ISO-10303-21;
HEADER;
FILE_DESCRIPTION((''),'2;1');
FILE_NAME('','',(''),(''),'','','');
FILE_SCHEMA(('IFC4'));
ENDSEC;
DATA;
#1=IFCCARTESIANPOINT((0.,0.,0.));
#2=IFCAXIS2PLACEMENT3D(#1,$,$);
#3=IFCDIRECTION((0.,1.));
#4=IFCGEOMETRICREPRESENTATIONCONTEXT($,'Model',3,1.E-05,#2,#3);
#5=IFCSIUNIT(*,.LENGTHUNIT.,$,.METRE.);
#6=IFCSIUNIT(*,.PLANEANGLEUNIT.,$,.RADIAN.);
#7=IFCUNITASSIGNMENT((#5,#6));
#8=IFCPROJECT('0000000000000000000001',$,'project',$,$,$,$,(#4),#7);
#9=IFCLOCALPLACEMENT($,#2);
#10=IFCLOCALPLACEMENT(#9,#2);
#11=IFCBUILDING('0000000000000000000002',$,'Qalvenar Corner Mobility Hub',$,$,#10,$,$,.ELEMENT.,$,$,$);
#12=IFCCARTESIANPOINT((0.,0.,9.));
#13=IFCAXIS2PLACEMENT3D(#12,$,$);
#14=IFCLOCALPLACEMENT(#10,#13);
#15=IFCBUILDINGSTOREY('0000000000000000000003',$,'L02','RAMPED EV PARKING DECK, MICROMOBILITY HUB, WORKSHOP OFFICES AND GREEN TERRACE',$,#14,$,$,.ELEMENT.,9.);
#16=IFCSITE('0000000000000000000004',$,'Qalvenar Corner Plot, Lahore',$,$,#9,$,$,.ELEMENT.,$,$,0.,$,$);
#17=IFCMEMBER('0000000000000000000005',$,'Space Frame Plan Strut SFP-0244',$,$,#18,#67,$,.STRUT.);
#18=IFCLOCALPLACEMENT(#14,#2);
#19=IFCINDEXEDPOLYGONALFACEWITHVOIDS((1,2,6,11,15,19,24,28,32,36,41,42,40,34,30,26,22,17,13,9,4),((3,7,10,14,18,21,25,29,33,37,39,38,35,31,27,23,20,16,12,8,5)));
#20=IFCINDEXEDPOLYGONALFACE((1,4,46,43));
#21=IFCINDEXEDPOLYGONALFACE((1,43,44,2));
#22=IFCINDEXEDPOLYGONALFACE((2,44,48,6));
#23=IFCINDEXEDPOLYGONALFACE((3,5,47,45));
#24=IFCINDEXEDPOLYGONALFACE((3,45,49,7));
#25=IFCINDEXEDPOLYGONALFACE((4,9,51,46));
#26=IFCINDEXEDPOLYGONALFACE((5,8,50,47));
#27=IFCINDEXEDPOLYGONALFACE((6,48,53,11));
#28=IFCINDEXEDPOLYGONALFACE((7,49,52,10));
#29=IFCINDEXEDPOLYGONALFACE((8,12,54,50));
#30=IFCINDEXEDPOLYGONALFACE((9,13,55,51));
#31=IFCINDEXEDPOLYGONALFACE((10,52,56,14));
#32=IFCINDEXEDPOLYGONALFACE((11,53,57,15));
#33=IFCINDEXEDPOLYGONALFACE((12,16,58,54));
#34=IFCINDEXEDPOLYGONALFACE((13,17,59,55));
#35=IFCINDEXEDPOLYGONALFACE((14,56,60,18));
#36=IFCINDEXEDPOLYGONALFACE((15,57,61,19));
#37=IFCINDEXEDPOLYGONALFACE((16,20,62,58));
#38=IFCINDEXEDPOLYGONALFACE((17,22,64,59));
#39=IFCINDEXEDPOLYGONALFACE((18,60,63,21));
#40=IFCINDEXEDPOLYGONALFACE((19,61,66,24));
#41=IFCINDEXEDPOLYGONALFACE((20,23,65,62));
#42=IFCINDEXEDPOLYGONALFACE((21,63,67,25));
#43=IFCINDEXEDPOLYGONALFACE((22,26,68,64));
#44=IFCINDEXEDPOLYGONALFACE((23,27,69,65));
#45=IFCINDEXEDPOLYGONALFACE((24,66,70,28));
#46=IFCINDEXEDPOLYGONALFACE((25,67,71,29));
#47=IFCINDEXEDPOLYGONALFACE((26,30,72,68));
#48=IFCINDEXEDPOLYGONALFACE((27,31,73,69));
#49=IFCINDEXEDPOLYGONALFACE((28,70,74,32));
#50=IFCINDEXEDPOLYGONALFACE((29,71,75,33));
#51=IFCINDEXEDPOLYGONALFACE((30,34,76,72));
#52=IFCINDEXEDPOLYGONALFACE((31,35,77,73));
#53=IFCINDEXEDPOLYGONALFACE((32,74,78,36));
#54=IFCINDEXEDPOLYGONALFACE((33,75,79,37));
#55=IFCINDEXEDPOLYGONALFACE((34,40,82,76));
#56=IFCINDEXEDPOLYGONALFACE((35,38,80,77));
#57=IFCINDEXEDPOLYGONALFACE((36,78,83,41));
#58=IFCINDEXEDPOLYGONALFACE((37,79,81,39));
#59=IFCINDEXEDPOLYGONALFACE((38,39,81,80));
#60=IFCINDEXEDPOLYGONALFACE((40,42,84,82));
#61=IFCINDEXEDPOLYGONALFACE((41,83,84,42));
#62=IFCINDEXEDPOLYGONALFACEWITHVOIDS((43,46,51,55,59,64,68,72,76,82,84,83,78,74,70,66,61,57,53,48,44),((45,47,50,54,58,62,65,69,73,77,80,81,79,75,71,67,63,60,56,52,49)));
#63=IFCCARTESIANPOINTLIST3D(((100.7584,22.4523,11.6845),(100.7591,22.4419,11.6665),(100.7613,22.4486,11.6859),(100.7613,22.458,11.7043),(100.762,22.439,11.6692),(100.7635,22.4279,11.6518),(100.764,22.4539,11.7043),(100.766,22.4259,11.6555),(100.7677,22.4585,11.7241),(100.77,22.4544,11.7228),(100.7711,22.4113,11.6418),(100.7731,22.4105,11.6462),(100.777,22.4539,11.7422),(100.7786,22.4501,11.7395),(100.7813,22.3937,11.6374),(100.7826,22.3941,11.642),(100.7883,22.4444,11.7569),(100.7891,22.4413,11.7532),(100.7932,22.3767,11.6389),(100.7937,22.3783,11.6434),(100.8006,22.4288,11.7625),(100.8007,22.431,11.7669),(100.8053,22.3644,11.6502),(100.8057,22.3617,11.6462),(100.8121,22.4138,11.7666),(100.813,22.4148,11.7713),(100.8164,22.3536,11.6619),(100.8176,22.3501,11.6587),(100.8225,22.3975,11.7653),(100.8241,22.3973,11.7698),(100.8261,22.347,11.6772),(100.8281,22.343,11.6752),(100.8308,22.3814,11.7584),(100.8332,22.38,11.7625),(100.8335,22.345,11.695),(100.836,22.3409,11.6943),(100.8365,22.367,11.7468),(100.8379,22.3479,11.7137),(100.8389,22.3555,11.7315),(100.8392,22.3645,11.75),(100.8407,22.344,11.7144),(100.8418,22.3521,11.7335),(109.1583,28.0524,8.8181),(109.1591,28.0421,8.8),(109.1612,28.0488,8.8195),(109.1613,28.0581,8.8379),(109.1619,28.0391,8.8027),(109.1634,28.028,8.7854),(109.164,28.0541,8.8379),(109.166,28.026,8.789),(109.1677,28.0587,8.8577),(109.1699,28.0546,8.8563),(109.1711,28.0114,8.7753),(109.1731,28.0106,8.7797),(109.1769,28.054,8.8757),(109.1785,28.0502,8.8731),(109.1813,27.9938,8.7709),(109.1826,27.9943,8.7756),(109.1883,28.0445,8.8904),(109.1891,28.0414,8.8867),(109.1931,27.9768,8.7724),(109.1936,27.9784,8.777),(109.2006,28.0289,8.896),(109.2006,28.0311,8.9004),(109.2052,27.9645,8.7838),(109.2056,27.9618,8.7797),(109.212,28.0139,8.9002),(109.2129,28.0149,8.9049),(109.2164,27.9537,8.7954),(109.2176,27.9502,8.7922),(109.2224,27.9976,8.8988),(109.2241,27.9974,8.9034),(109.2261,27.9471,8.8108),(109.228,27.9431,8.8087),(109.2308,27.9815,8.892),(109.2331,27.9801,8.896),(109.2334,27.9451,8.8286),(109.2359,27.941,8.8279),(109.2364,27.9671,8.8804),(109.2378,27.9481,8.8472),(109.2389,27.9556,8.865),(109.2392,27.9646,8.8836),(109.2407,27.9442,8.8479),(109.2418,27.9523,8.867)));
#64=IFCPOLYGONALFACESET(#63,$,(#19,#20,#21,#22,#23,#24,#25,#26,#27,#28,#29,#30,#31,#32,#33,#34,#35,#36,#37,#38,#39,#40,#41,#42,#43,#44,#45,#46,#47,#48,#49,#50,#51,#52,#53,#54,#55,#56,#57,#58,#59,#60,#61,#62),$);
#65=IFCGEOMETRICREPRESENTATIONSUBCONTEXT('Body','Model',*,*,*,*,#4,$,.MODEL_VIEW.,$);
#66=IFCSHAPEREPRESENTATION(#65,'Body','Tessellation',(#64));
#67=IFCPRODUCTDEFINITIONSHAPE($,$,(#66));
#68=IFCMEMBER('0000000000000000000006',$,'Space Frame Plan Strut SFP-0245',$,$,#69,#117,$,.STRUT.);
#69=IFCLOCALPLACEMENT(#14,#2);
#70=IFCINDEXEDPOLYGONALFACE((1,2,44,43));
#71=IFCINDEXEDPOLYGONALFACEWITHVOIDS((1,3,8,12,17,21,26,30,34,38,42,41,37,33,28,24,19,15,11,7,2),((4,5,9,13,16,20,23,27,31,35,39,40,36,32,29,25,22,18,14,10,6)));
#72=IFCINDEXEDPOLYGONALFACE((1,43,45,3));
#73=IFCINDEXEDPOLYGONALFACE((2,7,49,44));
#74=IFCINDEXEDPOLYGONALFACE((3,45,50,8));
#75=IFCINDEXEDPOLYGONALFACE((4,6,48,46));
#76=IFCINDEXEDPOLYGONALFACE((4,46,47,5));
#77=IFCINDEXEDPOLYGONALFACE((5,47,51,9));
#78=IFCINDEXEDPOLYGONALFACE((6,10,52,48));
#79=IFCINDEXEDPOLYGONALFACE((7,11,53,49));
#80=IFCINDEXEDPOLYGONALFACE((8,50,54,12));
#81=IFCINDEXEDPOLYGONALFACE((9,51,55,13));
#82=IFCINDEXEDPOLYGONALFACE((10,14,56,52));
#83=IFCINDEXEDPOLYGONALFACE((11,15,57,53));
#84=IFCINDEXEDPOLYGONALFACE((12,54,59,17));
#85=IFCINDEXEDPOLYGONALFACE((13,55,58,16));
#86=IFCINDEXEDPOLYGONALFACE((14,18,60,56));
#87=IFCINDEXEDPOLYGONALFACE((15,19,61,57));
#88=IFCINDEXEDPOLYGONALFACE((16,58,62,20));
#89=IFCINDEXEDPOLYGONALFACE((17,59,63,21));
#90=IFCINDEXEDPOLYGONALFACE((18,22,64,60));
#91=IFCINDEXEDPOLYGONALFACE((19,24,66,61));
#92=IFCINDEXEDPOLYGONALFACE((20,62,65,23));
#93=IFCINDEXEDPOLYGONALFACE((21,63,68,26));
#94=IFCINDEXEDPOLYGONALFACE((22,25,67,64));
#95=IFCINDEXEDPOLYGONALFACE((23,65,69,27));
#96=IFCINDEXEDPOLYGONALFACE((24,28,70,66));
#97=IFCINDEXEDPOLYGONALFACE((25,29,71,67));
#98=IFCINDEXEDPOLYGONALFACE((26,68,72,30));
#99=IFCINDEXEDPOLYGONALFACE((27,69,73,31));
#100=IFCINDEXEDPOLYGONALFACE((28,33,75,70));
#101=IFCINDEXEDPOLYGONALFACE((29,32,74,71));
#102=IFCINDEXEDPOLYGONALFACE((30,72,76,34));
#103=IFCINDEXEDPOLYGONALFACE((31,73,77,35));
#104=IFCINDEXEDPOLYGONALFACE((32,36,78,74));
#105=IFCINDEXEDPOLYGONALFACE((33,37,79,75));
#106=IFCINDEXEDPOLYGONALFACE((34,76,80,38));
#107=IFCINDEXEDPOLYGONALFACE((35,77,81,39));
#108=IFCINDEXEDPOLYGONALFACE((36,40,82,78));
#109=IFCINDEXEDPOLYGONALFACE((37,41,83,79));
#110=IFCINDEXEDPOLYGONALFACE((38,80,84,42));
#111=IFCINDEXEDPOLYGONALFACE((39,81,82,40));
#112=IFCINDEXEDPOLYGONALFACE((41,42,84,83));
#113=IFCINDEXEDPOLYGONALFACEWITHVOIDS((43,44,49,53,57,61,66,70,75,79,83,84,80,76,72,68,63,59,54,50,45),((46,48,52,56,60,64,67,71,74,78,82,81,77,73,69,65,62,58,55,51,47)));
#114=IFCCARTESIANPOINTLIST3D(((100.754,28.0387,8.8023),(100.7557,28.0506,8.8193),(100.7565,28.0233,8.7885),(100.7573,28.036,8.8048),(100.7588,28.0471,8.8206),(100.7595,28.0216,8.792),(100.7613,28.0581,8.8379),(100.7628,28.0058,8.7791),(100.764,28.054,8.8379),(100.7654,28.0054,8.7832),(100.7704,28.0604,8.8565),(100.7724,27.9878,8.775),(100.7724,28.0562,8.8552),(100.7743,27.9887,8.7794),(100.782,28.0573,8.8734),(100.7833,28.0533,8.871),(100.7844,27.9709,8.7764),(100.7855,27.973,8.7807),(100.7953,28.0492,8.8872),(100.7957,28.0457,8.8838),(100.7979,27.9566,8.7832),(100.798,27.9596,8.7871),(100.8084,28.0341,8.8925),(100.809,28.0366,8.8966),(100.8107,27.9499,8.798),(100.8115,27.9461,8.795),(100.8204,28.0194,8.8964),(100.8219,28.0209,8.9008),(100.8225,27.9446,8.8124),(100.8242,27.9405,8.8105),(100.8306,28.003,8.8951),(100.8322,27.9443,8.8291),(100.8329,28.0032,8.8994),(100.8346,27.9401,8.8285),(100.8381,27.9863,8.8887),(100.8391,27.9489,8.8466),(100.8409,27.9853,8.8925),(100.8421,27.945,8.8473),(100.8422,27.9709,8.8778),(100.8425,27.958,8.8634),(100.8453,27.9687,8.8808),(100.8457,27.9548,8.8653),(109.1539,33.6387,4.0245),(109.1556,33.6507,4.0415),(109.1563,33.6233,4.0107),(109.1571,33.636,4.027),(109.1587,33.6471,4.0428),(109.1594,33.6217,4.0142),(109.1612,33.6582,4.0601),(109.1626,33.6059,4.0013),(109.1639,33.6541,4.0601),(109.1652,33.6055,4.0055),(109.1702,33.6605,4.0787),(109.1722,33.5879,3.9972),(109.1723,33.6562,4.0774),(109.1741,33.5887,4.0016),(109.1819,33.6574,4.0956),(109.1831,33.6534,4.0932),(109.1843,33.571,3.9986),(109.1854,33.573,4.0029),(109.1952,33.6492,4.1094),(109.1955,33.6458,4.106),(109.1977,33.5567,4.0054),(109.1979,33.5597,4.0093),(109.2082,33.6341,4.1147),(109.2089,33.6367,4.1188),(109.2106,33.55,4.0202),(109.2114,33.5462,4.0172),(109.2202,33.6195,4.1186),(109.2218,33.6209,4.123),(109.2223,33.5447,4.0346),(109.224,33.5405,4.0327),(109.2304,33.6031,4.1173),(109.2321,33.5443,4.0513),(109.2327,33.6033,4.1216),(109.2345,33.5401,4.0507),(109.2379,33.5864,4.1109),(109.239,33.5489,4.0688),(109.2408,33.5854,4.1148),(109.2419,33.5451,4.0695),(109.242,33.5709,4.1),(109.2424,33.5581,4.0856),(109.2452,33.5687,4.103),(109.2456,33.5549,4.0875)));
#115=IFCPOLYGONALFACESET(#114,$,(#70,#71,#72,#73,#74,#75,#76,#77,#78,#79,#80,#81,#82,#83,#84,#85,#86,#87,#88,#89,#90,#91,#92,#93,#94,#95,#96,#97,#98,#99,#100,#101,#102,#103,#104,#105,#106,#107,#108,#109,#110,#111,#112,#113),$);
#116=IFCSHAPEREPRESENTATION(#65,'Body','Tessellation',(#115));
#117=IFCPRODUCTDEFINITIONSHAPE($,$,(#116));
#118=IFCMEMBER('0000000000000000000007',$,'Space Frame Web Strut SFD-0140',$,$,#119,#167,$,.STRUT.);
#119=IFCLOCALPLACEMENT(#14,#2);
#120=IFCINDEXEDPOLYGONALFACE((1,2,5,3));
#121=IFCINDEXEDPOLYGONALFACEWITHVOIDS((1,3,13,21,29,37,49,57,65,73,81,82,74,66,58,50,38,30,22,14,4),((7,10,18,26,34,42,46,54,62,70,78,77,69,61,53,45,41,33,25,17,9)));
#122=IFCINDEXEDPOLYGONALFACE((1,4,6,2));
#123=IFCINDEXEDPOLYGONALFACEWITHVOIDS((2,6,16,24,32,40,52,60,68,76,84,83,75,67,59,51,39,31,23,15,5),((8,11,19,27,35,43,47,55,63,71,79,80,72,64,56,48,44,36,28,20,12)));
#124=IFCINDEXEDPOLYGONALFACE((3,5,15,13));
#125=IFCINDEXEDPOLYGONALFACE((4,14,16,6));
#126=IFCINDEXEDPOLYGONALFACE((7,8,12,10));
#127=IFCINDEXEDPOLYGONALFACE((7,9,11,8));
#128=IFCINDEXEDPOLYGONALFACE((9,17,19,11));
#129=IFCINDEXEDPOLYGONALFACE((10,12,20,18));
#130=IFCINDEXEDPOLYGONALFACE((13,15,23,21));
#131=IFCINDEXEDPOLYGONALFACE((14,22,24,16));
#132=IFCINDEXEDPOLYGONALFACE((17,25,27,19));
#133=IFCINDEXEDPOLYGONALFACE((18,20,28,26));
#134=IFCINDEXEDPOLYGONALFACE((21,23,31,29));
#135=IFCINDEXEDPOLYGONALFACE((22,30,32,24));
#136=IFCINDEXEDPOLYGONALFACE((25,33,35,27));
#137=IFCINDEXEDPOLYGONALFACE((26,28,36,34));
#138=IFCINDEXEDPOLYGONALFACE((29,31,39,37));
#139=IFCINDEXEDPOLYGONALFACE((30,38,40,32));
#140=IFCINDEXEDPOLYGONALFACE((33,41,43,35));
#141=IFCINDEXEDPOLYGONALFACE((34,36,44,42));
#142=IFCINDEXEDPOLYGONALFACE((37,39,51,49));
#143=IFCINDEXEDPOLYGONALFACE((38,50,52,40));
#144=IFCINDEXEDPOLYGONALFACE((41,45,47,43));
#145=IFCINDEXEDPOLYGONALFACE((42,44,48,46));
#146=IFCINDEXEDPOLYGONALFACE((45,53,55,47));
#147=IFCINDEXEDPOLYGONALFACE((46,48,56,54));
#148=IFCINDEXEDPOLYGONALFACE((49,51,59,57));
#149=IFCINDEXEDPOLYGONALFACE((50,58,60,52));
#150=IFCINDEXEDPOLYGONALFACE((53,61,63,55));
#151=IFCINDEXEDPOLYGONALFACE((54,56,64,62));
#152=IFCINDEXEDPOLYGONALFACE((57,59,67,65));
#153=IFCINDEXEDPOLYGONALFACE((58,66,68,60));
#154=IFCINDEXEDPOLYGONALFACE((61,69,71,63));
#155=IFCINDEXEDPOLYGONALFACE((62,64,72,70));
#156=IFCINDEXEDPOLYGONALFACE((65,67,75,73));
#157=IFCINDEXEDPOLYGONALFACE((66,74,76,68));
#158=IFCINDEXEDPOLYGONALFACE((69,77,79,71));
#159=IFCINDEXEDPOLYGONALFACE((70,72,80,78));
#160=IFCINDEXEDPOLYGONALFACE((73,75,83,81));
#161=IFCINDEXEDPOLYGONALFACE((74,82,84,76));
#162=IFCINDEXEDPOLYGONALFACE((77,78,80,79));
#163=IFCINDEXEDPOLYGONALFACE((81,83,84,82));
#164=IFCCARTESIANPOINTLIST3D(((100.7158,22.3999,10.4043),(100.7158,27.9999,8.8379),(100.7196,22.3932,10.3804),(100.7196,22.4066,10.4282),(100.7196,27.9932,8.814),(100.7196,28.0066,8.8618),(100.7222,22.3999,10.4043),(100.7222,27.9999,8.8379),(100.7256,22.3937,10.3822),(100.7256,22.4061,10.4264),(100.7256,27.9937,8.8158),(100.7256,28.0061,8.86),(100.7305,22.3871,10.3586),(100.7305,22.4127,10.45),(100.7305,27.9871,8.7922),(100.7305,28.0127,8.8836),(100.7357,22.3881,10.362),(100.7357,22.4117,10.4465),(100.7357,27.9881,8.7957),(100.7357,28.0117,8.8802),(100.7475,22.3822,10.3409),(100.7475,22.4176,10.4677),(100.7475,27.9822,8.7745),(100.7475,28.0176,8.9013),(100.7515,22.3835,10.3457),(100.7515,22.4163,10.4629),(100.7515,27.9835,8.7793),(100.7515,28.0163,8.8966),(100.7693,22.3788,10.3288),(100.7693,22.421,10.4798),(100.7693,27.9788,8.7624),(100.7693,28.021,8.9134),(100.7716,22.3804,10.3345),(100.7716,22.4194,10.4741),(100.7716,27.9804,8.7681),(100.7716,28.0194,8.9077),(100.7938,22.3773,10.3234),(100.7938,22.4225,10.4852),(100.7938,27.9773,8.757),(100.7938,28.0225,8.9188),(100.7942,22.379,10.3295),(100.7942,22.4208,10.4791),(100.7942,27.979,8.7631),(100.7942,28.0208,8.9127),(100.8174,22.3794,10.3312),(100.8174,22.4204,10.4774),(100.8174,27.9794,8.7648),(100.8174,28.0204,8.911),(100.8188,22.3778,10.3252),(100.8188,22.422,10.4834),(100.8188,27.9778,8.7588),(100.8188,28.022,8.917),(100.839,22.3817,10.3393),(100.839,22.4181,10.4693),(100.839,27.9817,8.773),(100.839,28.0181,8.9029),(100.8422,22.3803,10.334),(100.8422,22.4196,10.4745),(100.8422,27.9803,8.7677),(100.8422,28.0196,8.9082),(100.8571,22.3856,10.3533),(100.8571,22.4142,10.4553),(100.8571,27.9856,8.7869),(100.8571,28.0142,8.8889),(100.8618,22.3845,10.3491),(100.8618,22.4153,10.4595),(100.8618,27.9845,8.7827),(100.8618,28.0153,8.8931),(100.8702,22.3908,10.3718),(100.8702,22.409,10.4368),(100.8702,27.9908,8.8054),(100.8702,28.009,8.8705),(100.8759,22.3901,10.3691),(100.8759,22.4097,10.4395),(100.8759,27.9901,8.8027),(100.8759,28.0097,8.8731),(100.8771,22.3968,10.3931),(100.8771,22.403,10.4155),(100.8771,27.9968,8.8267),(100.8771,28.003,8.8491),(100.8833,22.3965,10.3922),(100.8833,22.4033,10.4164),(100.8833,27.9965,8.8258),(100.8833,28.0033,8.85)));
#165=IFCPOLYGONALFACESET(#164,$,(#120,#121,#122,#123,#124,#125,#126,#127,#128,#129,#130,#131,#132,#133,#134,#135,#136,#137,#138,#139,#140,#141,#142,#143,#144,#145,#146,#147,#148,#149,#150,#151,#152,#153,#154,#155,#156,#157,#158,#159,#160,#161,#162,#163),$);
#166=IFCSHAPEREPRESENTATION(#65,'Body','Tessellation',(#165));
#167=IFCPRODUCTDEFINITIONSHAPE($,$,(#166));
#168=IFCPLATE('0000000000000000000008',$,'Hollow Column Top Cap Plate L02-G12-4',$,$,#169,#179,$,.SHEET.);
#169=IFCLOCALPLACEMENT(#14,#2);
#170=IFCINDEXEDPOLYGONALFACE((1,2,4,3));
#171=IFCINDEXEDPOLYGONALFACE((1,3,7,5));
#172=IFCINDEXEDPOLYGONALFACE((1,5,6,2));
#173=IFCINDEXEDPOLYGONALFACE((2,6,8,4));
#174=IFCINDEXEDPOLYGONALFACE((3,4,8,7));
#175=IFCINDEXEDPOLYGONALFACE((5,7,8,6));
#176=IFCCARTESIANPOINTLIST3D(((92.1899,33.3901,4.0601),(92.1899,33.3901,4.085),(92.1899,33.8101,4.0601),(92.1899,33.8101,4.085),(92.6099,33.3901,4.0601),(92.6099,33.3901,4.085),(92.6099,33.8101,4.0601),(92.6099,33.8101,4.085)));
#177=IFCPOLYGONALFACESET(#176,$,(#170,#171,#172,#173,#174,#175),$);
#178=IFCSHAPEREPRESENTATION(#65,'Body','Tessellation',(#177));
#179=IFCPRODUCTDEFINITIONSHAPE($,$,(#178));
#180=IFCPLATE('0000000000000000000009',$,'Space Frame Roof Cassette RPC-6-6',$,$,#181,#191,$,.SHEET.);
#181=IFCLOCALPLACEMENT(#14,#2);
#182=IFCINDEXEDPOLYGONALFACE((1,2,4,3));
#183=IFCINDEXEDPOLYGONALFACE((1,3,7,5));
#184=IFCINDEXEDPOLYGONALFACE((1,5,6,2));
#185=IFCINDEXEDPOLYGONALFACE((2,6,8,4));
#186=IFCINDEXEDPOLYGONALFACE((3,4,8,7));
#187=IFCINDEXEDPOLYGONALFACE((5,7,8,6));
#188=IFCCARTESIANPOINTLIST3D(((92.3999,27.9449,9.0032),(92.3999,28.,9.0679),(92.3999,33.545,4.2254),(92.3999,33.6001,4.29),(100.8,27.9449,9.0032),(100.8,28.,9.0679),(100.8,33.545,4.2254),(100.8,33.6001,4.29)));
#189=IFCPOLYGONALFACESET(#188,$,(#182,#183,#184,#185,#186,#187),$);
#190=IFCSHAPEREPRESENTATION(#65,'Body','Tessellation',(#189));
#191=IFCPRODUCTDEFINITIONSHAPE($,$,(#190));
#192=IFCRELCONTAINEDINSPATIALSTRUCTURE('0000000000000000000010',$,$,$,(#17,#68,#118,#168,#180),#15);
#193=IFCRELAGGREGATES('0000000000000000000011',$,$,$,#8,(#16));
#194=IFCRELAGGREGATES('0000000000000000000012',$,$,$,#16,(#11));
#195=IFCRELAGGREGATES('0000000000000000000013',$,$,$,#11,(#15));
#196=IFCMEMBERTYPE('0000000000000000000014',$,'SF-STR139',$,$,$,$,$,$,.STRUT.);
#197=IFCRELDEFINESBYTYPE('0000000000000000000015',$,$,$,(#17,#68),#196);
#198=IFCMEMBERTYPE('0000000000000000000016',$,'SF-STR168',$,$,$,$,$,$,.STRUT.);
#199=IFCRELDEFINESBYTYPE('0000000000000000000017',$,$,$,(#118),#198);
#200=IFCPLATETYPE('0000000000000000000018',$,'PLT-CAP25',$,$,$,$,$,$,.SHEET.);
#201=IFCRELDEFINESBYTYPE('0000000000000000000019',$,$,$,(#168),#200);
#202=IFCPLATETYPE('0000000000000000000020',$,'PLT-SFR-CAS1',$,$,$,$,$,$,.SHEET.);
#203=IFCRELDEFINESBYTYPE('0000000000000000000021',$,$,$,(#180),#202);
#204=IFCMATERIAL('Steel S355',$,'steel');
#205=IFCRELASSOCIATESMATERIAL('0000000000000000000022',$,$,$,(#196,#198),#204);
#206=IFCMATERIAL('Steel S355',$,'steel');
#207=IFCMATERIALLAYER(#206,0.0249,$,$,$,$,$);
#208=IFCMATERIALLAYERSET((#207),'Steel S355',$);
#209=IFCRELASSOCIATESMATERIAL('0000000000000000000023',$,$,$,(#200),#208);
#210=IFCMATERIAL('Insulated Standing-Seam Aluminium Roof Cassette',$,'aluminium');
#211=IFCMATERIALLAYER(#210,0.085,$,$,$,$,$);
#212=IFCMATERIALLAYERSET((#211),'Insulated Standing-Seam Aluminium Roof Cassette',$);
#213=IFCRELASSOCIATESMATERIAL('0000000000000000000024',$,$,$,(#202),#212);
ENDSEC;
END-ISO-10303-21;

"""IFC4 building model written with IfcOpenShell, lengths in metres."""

from ifc_helpers import new_model, si_unit, direction, frame, origin, origin_2d, place, context, subcontext, project, spatial, polyline, rectangle, hollow_circle, outline, extrude, material, layer, layer_set, material_profile, profile_set, type_object, element, save


model = new_model("IFC4")

# Units and contexts
model_context = context("Model", 3, precision=1e-05, world=origin(), true_north=direction((0.0, 1.0)))
body_context = subcontext(model_context, "Body", "Model", "MODEL_VIEW")
ifc_project = project(units=[si_unit("LENGTHUNIT", "METRE"), si_unit("PLANEANGLEUNIT", "RADIAN")], contexts=[model_context])

# Site, building, storey
site_placement = place(None, origin())
site = spatial("IfcSite", under=ifc_project, at=site_placement, Name="Qalvenar Corner Plot, Lahore", CompositionType="ELEMENT", RefElevation=0.0)
building_placement = place(site_placement, origin())
building = spatial("IfcBuilding", under=site, at=building_placement, Name="Qalvenar Corner Mobility Hub", CompositionType="ELEMENT")
storey_placement = place(building_placement, frame((0.0, 0.0, 9.0)))
storey = spatial("IfcBuildingStorey", under=building, at=storey_placement, Name="L02", Description="RAMPED EV PARKING DECK, MICROMOBILITY HUB, WORKSHOP OFFICES AND GREEN TERRACE", CompositionType="ELEMENT", Elevation=9.0)

# Members
ifc_material_1 = material(Name="Steel S355", Category="steel")
ifc_material_profile_1 = material_profile(ifc_material_1, hollow_circle(Radius=0.0698, WallThickness=0.0049, at=origin_2d()), Name="CHS139.7x5")
ifc_profile_set_1 = profile_set([ifc_material_profile_1], Name="Steel S355")
member_type_1 = type_object("IfcMemberType", Name="SF-STR139", PredefinedType="STRUT", material=ifc_profile_set_1)
member_1_placement = place(storey_placement, frame((100.8, 22.3999, 11.7043), z_axis=(0.800405, 0.533619, -0.273137), x_axis=(-0.554711, 0.832043, 0.0)))
element("IfcMember", 1, at=member_1_placement, inside=storey, type_object=member_type_1, Name="Space Frame Plan Strut SFP-0244", PredefinedType="STRUT", context=body_context, shape_type="SweptSolid", body=[
    extrude(hollow_circle(Radius=0.0698, WallThickness=0.0049, at=origin_2d()), origin(), (0.0, 0.0, 1.0), 10.4946),
])
member_2_placement = place(storey_placement, frame((100.8, 28.0, 8.8379), z_axis=(0.752071, 0.501395, -0.427775), x_axis=(-0.554711, 0.832043, 0.0)))
element("IfcMember", 2, at=member_2_placement, inside=storey, type_object=member_type_1, Name="Space Frame Plan Strut SFP-0245", PredefinedType="STRUT", context=body_context, shape_type="SweptSolid", body=[
    extrude(hollow_circle(Radius=0.0698, WallThickness=0.0049, at=origin_2d()), origin(), (0.0, 0.0, 1.0), 11.1689),
])
ifc_material_profile_2 = material_profile(ifc_material_1, hollow_circle(Radius=0.0842, WallThickness=0.0063, at=origin_2d()), Name="CHS168.3x6.3")
ifc_profile_set_2 = profile_set([ifc_material_profile_2], Name="Steel S355")
member_type_2 = type_object("IfcMemberType", Name="SF-STR168", PredefinedType="STRUT", material=ifc_profile_set_2)
member_3_placement = place(storey_placement, frame((100.8, 22.3999, 10.4043), z_axis=(0.0, 0.963036, -0.269371), x_axis=(-1.0, 0.0, 0.0)))
element("IfcMember", 3, at=member_3_placement, inside=storey, type_object=member_type_2, Name="Space Frame Web Strut SFD-0140", PredefinedType="STRUT", context=body_context, shape_type="SweptSolid", body=[
    extrude(hollow_circle(Radius=0.0842, WallThickness=0.0063, at=origin_2d()), origin(), (0.0, 0.0, 1.0), 5.8149),
])

# Plates
ifc_material_2 = material(Name="Steel S355", Category="steel")
ifc_layer_1 = layer(ifc_material_2, 0.0249)
ifc_layer_set_1 = layer_set([ifc_layer_1], Name="Steel S355")
plate_type_1 = type_object("IfcPlateType", Name="PLT-CAP25", PredefinedType="SHEET", material=ifc_layer_set_1)
plate_1_placement = place(storey_placement, frame((92.3999, 33.6001, 4.0601), z_axis=(0.0, 0.0, 1.0), x_axis=(1.0, 0.0, 0.0)))
element("IfcPlate", 4, at=plate_1_placement, inside=storey, type_object=plate_type_1, Name="Hollow Column Top Cap Plate L02-G12-4", PredefinedType="SHEET", context=body_context, shape_type="SweptSolid", body=[
    extrude(rectangle(XDim=0.4199, YDim=0.4199, at=origin_2d()), origin(), (0.0, 0.0, 1.0), 0.0249),
])
ifc_material_3 = material(Name="Insulated Standing-Seam Aluminium Roof Cassette", Category="aluminium")
ifc_layer_2 = layer(ifc_material_3, 0.085)
ifc_layer_set_2 = layer_set([ifc_layer_2], Name="Insulated Standing-Seam Aluminium Roof Cassette")
plate_type_2 = type_object("IfcPlateType", Name="PLT-SFR-CAS1", PredefinedType="SHEET", material=ifc_layer_set_2)
plate_2_placement = place(storey_placement, frame((92.3999, 28.0, 9.0679), z_axis=(0.0, 0.649047, 0.760748), x_axis=(1.0, 0.0, 0.0)))
element("IfcPlate", 5, at=plate_2_placement, inside=storey, type_object=plate_type_2, Name="Space Frame Roof Cassette RPC-6-6", PredefinedType="SHEET", context=body_context, shape_type="SweptSolid", body=[
    extrude(outline(polyline([(0.0, 0.0), (8.4001, 0.0), (8.4001, 7.3613), (0.0, 7.3613), (0.0, 0.0)])), origin(), (0.0, 0.0, -1.0), 0.085),
])

save(model, "model.ifc")
